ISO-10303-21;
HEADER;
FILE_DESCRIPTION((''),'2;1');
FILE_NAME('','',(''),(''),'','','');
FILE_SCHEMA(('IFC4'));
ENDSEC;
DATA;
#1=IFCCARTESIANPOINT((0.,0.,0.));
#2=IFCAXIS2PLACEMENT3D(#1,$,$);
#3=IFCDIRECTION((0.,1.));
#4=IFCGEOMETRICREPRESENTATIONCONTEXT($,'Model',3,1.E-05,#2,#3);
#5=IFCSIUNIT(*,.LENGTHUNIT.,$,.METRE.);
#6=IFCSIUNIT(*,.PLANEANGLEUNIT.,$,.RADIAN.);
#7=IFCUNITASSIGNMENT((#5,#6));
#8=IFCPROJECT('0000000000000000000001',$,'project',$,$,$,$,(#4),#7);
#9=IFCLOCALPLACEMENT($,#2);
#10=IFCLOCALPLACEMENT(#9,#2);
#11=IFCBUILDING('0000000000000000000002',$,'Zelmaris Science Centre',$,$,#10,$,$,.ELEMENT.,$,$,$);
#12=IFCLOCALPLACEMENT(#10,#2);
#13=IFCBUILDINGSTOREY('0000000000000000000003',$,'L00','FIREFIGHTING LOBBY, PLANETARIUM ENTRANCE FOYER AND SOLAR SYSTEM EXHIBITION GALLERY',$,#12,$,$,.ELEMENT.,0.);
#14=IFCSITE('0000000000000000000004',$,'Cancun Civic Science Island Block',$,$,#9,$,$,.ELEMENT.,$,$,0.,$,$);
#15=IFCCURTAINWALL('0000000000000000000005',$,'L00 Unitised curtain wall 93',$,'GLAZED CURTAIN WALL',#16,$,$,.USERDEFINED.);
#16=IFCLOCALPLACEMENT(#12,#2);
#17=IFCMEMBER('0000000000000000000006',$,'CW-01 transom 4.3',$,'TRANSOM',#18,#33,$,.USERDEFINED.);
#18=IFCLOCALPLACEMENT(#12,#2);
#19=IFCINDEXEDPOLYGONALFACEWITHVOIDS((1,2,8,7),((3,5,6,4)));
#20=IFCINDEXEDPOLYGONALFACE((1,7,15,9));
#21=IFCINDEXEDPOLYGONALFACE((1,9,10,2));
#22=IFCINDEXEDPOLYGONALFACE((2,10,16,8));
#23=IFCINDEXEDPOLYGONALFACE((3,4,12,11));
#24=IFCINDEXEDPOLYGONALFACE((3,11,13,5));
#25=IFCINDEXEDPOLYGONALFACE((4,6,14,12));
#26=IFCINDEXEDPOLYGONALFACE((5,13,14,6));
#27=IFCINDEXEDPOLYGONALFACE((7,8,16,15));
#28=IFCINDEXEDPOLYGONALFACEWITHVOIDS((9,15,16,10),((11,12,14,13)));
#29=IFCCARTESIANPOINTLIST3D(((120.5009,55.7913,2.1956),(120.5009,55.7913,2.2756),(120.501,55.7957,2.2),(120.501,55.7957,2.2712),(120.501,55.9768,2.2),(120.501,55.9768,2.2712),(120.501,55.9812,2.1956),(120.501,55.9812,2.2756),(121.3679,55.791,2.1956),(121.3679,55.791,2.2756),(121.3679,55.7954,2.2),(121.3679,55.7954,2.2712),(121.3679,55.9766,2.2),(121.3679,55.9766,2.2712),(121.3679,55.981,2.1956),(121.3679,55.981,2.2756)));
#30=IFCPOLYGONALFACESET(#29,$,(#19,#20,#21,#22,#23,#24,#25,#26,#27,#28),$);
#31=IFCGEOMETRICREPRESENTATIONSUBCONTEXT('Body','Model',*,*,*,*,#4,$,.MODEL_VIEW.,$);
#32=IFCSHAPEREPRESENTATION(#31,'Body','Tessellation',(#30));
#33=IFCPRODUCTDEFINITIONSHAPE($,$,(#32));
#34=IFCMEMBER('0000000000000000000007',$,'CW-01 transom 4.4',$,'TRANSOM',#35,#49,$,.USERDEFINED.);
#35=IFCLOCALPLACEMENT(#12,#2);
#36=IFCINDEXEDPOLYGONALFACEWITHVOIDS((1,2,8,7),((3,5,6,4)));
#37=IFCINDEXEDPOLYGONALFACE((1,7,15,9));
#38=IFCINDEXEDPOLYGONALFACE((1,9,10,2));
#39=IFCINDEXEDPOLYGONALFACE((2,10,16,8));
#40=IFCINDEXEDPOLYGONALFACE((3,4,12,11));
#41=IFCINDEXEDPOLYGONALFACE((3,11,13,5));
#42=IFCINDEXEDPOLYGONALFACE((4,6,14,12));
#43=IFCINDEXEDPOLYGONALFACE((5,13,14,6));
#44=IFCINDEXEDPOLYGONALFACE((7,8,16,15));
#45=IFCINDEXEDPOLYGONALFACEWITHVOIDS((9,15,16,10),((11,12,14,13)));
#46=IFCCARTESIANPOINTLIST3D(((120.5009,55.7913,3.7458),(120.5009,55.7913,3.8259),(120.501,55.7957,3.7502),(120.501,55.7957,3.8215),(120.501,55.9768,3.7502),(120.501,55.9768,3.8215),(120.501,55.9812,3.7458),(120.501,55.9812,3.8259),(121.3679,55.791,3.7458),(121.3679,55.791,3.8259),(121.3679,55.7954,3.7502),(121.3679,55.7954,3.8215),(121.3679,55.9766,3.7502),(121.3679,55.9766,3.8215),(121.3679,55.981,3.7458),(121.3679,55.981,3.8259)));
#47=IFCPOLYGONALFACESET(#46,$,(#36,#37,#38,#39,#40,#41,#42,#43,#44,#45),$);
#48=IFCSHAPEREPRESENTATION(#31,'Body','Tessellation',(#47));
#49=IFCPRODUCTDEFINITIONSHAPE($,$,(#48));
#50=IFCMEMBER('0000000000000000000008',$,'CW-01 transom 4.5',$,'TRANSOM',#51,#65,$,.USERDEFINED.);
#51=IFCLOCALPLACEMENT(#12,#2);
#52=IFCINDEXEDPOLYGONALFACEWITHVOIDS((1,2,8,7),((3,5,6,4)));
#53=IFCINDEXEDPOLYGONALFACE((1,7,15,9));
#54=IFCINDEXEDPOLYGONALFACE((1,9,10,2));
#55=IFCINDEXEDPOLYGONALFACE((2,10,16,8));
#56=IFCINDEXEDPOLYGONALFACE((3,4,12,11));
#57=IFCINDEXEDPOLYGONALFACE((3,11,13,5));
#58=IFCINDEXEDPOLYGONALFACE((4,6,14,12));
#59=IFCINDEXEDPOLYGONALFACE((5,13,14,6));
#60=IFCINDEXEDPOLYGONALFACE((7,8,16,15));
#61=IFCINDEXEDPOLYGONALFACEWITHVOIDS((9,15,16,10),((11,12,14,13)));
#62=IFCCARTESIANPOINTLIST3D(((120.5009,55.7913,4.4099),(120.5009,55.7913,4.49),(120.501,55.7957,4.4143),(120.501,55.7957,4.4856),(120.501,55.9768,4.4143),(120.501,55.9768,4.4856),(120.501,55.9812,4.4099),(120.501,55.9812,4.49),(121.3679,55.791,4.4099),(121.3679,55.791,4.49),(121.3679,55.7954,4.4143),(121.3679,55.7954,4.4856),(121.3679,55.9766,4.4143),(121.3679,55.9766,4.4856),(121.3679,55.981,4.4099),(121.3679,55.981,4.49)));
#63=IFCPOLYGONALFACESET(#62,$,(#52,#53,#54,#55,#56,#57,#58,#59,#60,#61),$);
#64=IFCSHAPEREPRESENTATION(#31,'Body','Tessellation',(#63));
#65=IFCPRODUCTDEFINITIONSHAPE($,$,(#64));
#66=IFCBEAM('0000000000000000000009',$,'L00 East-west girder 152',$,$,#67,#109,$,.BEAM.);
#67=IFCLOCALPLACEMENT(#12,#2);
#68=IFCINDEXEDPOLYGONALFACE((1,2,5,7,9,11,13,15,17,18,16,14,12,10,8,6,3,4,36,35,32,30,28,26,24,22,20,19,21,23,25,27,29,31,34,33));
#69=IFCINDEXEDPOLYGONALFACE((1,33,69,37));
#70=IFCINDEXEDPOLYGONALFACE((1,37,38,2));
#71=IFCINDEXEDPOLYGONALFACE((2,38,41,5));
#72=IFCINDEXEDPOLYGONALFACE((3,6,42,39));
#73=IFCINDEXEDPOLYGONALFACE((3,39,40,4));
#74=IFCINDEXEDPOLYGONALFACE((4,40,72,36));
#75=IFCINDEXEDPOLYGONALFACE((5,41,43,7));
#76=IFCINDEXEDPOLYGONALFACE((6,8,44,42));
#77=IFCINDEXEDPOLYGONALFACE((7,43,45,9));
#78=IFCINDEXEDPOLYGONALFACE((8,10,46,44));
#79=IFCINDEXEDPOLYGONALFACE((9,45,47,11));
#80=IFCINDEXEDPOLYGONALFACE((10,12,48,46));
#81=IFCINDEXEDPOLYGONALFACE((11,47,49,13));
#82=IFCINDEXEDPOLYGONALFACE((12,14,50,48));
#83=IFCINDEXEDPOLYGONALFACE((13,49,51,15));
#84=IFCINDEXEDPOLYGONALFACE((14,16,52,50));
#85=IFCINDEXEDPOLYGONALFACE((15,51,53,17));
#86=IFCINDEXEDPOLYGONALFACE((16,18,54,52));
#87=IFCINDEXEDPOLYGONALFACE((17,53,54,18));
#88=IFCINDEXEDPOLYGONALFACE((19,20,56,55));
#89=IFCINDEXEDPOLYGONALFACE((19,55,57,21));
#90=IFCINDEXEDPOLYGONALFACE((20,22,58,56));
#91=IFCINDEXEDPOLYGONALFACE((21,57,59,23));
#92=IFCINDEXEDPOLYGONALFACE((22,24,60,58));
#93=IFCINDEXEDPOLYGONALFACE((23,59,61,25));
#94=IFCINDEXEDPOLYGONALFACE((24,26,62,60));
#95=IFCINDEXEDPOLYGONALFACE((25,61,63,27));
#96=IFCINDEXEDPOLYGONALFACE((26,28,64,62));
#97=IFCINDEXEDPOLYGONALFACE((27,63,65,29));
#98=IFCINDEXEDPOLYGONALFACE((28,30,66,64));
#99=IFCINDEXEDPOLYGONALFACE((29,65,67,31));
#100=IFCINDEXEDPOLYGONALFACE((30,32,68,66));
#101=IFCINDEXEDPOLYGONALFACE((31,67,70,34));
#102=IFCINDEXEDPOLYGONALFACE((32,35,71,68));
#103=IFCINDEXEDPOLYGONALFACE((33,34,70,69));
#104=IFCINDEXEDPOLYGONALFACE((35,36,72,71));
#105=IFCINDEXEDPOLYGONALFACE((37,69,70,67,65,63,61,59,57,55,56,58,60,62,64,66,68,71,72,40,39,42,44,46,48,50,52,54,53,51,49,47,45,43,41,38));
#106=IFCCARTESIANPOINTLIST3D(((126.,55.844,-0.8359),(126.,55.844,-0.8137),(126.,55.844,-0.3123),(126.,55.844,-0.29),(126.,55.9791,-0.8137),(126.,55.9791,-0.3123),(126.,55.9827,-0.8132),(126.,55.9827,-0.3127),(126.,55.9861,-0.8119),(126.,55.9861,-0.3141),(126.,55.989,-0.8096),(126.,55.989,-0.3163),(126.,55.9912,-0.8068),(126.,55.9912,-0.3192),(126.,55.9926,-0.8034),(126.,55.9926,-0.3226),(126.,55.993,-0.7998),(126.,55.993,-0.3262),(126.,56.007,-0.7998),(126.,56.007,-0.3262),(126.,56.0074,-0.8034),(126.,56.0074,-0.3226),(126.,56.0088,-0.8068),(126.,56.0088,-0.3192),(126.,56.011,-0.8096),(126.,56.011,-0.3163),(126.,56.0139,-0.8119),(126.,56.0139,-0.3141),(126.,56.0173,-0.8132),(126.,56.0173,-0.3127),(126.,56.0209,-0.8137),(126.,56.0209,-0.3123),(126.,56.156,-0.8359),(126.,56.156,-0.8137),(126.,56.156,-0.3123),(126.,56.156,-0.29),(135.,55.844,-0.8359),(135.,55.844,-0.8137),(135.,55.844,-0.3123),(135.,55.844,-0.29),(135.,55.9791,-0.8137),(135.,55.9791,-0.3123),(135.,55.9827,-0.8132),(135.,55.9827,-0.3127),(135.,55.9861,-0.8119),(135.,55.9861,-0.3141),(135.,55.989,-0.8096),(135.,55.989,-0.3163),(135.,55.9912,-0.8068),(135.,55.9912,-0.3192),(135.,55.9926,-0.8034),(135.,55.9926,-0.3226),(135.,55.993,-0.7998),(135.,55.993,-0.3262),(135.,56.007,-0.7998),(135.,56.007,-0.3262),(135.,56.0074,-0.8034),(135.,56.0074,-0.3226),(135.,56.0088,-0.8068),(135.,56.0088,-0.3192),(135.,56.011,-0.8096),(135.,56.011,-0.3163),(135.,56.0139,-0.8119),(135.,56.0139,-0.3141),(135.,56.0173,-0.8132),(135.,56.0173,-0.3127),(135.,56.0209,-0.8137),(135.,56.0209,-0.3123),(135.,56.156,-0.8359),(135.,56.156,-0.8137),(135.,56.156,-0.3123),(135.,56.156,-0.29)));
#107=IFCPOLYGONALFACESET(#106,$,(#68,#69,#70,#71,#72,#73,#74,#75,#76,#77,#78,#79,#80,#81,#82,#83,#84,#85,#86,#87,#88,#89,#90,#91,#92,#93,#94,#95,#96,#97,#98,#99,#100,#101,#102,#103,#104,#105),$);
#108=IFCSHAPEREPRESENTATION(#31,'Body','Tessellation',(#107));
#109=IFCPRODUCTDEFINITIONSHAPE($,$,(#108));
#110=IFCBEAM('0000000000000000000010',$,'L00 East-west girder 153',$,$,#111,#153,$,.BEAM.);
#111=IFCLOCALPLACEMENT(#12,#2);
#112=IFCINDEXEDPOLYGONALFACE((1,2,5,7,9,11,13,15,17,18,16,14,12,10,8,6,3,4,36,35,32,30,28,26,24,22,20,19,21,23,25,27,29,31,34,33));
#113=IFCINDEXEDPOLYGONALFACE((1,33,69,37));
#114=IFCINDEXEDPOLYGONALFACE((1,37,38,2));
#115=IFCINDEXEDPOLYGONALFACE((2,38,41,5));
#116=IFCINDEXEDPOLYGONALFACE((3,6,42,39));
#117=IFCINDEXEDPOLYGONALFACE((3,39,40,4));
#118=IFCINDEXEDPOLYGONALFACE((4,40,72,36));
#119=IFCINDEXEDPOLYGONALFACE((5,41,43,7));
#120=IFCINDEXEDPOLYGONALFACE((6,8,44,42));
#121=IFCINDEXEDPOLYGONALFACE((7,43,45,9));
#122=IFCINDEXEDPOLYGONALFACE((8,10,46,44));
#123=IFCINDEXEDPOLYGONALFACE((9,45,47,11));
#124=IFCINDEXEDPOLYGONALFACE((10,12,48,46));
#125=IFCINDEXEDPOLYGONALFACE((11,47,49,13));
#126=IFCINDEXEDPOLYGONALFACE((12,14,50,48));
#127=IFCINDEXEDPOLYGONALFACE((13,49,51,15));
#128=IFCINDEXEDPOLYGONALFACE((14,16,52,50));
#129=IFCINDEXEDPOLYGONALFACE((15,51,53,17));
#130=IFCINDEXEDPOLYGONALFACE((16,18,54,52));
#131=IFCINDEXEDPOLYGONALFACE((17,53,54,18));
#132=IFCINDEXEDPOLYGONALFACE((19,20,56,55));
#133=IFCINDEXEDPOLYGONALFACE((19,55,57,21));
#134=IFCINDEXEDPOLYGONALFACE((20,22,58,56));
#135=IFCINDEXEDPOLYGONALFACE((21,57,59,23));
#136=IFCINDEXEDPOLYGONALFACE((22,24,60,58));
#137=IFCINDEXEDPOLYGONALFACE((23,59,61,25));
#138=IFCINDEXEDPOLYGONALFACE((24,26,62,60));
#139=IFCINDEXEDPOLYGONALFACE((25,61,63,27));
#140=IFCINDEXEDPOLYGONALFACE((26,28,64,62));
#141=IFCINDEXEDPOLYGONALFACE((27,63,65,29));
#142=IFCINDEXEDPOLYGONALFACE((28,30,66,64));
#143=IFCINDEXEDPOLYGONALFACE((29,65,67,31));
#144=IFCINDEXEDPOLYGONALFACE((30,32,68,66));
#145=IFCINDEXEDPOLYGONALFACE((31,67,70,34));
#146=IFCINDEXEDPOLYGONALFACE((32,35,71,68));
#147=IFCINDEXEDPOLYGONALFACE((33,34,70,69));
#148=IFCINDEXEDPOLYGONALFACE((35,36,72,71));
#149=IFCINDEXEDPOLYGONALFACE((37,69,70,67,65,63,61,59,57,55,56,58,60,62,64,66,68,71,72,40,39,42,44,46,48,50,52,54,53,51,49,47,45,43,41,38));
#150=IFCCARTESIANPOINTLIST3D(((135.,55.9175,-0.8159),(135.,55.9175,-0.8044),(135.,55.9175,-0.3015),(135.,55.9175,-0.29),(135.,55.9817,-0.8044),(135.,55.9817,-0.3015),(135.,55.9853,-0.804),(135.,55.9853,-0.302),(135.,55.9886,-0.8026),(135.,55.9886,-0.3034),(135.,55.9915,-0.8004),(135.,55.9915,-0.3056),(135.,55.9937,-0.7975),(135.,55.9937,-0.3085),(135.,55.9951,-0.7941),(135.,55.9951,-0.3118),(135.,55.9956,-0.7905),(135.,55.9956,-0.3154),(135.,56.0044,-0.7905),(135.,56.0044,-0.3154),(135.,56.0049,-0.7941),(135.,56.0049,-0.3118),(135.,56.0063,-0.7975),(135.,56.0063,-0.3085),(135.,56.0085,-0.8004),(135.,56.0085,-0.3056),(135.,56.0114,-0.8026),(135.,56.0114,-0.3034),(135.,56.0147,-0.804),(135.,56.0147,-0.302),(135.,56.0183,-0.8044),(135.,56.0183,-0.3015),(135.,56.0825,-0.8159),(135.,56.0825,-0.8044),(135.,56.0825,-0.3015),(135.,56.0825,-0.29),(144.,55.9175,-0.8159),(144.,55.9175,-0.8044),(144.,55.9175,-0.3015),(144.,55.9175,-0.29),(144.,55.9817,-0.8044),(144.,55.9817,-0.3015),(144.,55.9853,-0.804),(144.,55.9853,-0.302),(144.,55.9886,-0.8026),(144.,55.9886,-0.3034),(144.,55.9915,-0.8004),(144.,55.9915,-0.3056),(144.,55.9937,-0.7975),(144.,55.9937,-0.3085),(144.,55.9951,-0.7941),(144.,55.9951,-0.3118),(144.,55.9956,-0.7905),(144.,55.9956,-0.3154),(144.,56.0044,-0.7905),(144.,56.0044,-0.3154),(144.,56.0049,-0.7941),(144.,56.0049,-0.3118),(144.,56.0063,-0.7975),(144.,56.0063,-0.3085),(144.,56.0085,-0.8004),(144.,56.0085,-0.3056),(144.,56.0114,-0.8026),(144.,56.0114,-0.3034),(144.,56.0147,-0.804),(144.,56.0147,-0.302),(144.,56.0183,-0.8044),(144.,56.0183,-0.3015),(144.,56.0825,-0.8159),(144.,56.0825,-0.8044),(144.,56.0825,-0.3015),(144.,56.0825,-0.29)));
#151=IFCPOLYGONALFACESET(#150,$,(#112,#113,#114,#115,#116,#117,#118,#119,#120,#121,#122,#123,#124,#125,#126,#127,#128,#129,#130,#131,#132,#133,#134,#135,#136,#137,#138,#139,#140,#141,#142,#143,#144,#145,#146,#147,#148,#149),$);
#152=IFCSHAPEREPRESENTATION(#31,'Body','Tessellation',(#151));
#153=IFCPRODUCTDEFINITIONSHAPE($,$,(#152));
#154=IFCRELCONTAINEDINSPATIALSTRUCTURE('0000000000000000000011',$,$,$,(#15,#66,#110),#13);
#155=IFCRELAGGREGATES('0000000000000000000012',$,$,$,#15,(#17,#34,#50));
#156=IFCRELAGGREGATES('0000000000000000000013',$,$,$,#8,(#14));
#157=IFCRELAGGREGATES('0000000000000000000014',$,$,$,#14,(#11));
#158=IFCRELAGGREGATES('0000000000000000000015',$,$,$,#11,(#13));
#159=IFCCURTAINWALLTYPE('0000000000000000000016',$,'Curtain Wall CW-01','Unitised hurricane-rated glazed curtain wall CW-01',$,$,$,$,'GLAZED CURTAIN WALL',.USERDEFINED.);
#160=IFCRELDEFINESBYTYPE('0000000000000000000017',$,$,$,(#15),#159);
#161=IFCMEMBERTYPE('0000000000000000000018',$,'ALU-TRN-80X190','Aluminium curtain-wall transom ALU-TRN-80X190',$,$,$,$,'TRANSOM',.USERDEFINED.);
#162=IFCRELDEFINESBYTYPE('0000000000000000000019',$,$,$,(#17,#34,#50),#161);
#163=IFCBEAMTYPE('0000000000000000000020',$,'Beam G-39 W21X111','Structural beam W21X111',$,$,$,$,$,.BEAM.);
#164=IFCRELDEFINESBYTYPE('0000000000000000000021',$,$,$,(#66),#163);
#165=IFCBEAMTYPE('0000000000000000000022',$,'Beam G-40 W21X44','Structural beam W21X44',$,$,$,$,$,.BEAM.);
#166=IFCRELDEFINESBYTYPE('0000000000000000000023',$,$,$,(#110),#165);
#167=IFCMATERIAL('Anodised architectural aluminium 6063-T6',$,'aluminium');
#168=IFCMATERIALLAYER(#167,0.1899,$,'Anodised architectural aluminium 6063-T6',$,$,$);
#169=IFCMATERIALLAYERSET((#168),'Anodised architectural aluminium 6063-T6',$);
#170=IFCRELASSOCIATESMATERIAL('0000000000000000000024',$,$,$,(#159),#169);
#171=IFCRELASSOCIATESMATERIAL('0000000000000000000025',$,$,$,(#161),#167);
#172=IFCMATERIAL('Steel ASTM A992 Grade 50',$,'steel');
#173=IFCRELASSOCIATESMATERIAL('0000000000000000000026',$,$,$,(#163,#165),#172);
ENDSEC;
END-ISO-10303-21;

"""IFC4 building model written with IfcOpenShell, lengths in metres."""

from ifc_helpers import new_model, si_unit, direction, frame, origin, origin_2d, place, context, subcontext, project, spatial, hollow_rectangle, i_section, extrude, material, layer, layer_set, material_profile, profile_set, type_object, element, aggregate, save


model = new_model("IFC4")

# Units and contexts
model_context = context("Model", 3, precision=1e-05, world=origin(), true_north=direction((0.0, 1.0)))
body_context = subcontext(model_context, "Body", "Model", "MODEL_VIEW")
ifc_project = project(units=[si_unit("LENGTHUNIT", "METRE"), si_unit("PLANEANGLEUNIT", "RADIAN")], contexts=[model_context])

# Site, building, storey
site_placement = place(None, origin())
site = spatial("IfcSite", under=ifc_project, at=site_placement, Name="Cancun Civic Science Island Block", CompositionType="ELEMENT", RefElevation=0.0)
building_placement = place(site_placement, origin())
building = spatial("IfcBuilding", under=site, at=building_placement, Name="Zelmaris Science Centre", CompositionType="ELEMENT")
storey_placement = place(building_placement, origin())
storey = spatial("IfcBuildingStorey", under=building, at=storey_placement, Name="L00", Description="FIREFIGHTING LOBBY, PLANETARIUM ENTRANCE FOYER AND SOLAR SYSTEM EXHIBITION GALLERY", CompositionType="ELEMENT", Elevation=0.0)

# Shared definitions
ifc_material_1 = material(Name="Steel ASTM A992 Grade 50", Category="steel")

# Shared definitions
ifc_material_2 = material(Name="Anodised architectural aluminium 6063-T6", Category="aluminium")

# Curtain wall
ifc_layer_1 = layer(ifc_material_2, 0.1899, Name="Anodised architectural aluminium 6063-T6")
ifc_layer_set_1 = layer_set([ifc_layer_1], Name="Anodised architectural aluminium 6063-T6")
curtain_wall_type_1 = type_object("IfcCurtainWallType", Name="Curtain Wall CW-01", Description="Unitised hurricane-rated glazed curtain wall CW-01", ElementType="GLAZED CURTAIN WALL", PredefinedType="USERDEFINED", material=ifc_layer_set_1)
curtain_wall_1_placement = place(storey_placement, origin())
curtain_wall_1 = element("IfcCurtainWall", 1, at=curtain_wall_1_placement, inside=storey, type_object=curtain_wall_type_1, Name="L00 Unitised curtain wall 93", ObjectType="GLAZED CURTAIN WALL", PredefinedType="USERDEFINED")

# Members
ifc_material_profile_1 = material_profile(ifc_material_2, hollow_rectangle(XDim=0.0801, YDim=0.1899, WallThickness=0.0044, at=origin_2d()), Name="ALU-TRN-80X190")
ifc_profile_set_1 = profile_set([ifc_material_profile_1], Name="Anodised architectural aluminium 6063-T6")
member_type_1 = type_object("IfcMemberType", Name="ALU-TRN-80X190", Description="Aluminium curtain-wall transom ALU-TRN-80X190", ElementType="TRANSOM", PredefinedType="USERDEFINED", material=ifc_profile_set_1)
member_1_placement = place(storey_placement, frame((120.501, 55.8862, 2.2356), z_axis=(1.0, -0.000282, 0.0), x_axis=(0.0, 0.0, 1.0)))
member_1 = element("IfcMember", 2, at=member_1_placement, type_object=member_type_1, Name="CW-01 transom 4.3", ObjectType="TRANSOM", PredefinedType="USERDEFINED", context=body_context, shape_type="SweptSolid", body=[
    extrude(hollow_rectangle(XDim=0.0801, YDim=0.1899, WallThickness=0.0044, at=origin_2d()), origin(), (0.0, 0.0, 1.0), 0.8669),
])
member_2_placement = place(storey_placement, frame((120.501, 55.8862, 3.7859), z_axis=(1.0, -0.000282, 0.0), x_axis=(0.0, 0.0, 1.0)))
member_2 = element("IfcMember", 3, at=member_2_placement, type_object=member_type_1, Name="CW-01 transom 4.4", ObjectType="TRANSOM", PredefinedType="USERDEFINED", context=body_context, shape_type="SweptSolid", body=[
    extrude(hollow_rectangle(XDim=0.0801, YDim=0.1899, WallThickness=0.0044, at=origin_2d()), origin(), (0.0, 0.0, 1.0), 0.8669),
])
member_3_placement = place(storey_placement, frame((120.501, 55.8862, 4.45), z_axis=(1.0, -0.000282, 0.0), x_axis=(0.0, 0.0, 1.0)))
member_3 = element("IfcMember", 4, at=member_3_placement, type_object=member_type_1, Name="CW-01 transom 4.5", ObjectType="TRANSOM", PredefinedType="USERDEFINED", context=body_context, shape_type="SweptSolid", body=[
    extrude(hollow_rectangle(XDim=0.0801, YDim=0.1899, WallThickness=0.0044, at=origin_2d()), origin(), (0.0, 0.0, 1.0), 0.8669),
])

# Beams
ifc_material_profile_2 = material_profile(ifc_material_1, i_section(OverallWidth=0.312, OverallDepth=0.5459, WebThickness=0.0139, FlangeThickness=0.0222, FilletRadius=0.0139, at=origin_2d()), Name="W21X111")
ifc_profile_set_2 = profile_set([ifc_material_profile_2], Name="Steel ASTM A992 Grade 50")
beam_type_1 = type_object("IfcBeamType", Name="Beam G-39 W21X111", Description="Structural beam W21X111", PredefinedType="BEAM", material=ifc_profile_set_2)
beam_1_placement = place(storey_placement, frame((126.0, 56.0, -0.563), z_axis=(1.0, 0.0, 0.0), x_axis=(0.0, 1.0, 0.0)))
element("IfcBeam", 5, at=beam_1_placement, inside=storey, type_object=beam_type_1, Name="L00 East-west girder 152", PredefinedType="BEAM", context=body_context, shape_type="SweptSolid", body=[
    extrude(i_section(OverallWidth=0.312, OverallDepth=0.5459, WebThickness=0.0139, FlangeThickness=0.0222, FilletRadius=0.0139, at=origin_2d()), origin(), (0.0, 0.0, 1.0), 9.0),
])
ifc_material_profile_3 = material_profile(ifc_material_1, i_section(OverallWidth=0.165, OverallDepth=0.5259, WebThickness=0.0088, FlangeThickness=0.0115, FilletRadius=0.0139, at=origin_2d()), Name="W21X44")
ifc_profile_set_3 = profile_set([ifc_material_profile_3], Name="Steel ASTM A992 Grade 50")
beam_type_2 = type_object("IfcBeamType", Name="Beam G-40 W21X44", Description="Structural beam W21X44", PredefinedType="BEAM", material=ifc_profile_set_3)
beam_2_placement = place(storey_placement, frame((135.0, 56.0, -0.553), z_axis=(1.0, 0.0, 0.0), x_axis=(0.0, 1.0, 0.0)))
element("IfcBeam", 6, at=beam_2_placement, inside=storey, type_object=beam_type_2, Name="L00 East-west girder 153", PredefinedType="BEAM", context=body_context, shape_type="SweptSolid", body=[
    extrude(i_section(OverallWidth=0.165, OverallDepth=0.5259, WebThickness=0.0088, FlangeThickness=0.0115, FilletRadius=0.0139, at=origin_2d()), origin(), (0.0, 0.0, 1.0), 9.0),
])

aggregate(curtain_wall_1, [member_1, member_2, member_3])

save(model, "model.ifc")
